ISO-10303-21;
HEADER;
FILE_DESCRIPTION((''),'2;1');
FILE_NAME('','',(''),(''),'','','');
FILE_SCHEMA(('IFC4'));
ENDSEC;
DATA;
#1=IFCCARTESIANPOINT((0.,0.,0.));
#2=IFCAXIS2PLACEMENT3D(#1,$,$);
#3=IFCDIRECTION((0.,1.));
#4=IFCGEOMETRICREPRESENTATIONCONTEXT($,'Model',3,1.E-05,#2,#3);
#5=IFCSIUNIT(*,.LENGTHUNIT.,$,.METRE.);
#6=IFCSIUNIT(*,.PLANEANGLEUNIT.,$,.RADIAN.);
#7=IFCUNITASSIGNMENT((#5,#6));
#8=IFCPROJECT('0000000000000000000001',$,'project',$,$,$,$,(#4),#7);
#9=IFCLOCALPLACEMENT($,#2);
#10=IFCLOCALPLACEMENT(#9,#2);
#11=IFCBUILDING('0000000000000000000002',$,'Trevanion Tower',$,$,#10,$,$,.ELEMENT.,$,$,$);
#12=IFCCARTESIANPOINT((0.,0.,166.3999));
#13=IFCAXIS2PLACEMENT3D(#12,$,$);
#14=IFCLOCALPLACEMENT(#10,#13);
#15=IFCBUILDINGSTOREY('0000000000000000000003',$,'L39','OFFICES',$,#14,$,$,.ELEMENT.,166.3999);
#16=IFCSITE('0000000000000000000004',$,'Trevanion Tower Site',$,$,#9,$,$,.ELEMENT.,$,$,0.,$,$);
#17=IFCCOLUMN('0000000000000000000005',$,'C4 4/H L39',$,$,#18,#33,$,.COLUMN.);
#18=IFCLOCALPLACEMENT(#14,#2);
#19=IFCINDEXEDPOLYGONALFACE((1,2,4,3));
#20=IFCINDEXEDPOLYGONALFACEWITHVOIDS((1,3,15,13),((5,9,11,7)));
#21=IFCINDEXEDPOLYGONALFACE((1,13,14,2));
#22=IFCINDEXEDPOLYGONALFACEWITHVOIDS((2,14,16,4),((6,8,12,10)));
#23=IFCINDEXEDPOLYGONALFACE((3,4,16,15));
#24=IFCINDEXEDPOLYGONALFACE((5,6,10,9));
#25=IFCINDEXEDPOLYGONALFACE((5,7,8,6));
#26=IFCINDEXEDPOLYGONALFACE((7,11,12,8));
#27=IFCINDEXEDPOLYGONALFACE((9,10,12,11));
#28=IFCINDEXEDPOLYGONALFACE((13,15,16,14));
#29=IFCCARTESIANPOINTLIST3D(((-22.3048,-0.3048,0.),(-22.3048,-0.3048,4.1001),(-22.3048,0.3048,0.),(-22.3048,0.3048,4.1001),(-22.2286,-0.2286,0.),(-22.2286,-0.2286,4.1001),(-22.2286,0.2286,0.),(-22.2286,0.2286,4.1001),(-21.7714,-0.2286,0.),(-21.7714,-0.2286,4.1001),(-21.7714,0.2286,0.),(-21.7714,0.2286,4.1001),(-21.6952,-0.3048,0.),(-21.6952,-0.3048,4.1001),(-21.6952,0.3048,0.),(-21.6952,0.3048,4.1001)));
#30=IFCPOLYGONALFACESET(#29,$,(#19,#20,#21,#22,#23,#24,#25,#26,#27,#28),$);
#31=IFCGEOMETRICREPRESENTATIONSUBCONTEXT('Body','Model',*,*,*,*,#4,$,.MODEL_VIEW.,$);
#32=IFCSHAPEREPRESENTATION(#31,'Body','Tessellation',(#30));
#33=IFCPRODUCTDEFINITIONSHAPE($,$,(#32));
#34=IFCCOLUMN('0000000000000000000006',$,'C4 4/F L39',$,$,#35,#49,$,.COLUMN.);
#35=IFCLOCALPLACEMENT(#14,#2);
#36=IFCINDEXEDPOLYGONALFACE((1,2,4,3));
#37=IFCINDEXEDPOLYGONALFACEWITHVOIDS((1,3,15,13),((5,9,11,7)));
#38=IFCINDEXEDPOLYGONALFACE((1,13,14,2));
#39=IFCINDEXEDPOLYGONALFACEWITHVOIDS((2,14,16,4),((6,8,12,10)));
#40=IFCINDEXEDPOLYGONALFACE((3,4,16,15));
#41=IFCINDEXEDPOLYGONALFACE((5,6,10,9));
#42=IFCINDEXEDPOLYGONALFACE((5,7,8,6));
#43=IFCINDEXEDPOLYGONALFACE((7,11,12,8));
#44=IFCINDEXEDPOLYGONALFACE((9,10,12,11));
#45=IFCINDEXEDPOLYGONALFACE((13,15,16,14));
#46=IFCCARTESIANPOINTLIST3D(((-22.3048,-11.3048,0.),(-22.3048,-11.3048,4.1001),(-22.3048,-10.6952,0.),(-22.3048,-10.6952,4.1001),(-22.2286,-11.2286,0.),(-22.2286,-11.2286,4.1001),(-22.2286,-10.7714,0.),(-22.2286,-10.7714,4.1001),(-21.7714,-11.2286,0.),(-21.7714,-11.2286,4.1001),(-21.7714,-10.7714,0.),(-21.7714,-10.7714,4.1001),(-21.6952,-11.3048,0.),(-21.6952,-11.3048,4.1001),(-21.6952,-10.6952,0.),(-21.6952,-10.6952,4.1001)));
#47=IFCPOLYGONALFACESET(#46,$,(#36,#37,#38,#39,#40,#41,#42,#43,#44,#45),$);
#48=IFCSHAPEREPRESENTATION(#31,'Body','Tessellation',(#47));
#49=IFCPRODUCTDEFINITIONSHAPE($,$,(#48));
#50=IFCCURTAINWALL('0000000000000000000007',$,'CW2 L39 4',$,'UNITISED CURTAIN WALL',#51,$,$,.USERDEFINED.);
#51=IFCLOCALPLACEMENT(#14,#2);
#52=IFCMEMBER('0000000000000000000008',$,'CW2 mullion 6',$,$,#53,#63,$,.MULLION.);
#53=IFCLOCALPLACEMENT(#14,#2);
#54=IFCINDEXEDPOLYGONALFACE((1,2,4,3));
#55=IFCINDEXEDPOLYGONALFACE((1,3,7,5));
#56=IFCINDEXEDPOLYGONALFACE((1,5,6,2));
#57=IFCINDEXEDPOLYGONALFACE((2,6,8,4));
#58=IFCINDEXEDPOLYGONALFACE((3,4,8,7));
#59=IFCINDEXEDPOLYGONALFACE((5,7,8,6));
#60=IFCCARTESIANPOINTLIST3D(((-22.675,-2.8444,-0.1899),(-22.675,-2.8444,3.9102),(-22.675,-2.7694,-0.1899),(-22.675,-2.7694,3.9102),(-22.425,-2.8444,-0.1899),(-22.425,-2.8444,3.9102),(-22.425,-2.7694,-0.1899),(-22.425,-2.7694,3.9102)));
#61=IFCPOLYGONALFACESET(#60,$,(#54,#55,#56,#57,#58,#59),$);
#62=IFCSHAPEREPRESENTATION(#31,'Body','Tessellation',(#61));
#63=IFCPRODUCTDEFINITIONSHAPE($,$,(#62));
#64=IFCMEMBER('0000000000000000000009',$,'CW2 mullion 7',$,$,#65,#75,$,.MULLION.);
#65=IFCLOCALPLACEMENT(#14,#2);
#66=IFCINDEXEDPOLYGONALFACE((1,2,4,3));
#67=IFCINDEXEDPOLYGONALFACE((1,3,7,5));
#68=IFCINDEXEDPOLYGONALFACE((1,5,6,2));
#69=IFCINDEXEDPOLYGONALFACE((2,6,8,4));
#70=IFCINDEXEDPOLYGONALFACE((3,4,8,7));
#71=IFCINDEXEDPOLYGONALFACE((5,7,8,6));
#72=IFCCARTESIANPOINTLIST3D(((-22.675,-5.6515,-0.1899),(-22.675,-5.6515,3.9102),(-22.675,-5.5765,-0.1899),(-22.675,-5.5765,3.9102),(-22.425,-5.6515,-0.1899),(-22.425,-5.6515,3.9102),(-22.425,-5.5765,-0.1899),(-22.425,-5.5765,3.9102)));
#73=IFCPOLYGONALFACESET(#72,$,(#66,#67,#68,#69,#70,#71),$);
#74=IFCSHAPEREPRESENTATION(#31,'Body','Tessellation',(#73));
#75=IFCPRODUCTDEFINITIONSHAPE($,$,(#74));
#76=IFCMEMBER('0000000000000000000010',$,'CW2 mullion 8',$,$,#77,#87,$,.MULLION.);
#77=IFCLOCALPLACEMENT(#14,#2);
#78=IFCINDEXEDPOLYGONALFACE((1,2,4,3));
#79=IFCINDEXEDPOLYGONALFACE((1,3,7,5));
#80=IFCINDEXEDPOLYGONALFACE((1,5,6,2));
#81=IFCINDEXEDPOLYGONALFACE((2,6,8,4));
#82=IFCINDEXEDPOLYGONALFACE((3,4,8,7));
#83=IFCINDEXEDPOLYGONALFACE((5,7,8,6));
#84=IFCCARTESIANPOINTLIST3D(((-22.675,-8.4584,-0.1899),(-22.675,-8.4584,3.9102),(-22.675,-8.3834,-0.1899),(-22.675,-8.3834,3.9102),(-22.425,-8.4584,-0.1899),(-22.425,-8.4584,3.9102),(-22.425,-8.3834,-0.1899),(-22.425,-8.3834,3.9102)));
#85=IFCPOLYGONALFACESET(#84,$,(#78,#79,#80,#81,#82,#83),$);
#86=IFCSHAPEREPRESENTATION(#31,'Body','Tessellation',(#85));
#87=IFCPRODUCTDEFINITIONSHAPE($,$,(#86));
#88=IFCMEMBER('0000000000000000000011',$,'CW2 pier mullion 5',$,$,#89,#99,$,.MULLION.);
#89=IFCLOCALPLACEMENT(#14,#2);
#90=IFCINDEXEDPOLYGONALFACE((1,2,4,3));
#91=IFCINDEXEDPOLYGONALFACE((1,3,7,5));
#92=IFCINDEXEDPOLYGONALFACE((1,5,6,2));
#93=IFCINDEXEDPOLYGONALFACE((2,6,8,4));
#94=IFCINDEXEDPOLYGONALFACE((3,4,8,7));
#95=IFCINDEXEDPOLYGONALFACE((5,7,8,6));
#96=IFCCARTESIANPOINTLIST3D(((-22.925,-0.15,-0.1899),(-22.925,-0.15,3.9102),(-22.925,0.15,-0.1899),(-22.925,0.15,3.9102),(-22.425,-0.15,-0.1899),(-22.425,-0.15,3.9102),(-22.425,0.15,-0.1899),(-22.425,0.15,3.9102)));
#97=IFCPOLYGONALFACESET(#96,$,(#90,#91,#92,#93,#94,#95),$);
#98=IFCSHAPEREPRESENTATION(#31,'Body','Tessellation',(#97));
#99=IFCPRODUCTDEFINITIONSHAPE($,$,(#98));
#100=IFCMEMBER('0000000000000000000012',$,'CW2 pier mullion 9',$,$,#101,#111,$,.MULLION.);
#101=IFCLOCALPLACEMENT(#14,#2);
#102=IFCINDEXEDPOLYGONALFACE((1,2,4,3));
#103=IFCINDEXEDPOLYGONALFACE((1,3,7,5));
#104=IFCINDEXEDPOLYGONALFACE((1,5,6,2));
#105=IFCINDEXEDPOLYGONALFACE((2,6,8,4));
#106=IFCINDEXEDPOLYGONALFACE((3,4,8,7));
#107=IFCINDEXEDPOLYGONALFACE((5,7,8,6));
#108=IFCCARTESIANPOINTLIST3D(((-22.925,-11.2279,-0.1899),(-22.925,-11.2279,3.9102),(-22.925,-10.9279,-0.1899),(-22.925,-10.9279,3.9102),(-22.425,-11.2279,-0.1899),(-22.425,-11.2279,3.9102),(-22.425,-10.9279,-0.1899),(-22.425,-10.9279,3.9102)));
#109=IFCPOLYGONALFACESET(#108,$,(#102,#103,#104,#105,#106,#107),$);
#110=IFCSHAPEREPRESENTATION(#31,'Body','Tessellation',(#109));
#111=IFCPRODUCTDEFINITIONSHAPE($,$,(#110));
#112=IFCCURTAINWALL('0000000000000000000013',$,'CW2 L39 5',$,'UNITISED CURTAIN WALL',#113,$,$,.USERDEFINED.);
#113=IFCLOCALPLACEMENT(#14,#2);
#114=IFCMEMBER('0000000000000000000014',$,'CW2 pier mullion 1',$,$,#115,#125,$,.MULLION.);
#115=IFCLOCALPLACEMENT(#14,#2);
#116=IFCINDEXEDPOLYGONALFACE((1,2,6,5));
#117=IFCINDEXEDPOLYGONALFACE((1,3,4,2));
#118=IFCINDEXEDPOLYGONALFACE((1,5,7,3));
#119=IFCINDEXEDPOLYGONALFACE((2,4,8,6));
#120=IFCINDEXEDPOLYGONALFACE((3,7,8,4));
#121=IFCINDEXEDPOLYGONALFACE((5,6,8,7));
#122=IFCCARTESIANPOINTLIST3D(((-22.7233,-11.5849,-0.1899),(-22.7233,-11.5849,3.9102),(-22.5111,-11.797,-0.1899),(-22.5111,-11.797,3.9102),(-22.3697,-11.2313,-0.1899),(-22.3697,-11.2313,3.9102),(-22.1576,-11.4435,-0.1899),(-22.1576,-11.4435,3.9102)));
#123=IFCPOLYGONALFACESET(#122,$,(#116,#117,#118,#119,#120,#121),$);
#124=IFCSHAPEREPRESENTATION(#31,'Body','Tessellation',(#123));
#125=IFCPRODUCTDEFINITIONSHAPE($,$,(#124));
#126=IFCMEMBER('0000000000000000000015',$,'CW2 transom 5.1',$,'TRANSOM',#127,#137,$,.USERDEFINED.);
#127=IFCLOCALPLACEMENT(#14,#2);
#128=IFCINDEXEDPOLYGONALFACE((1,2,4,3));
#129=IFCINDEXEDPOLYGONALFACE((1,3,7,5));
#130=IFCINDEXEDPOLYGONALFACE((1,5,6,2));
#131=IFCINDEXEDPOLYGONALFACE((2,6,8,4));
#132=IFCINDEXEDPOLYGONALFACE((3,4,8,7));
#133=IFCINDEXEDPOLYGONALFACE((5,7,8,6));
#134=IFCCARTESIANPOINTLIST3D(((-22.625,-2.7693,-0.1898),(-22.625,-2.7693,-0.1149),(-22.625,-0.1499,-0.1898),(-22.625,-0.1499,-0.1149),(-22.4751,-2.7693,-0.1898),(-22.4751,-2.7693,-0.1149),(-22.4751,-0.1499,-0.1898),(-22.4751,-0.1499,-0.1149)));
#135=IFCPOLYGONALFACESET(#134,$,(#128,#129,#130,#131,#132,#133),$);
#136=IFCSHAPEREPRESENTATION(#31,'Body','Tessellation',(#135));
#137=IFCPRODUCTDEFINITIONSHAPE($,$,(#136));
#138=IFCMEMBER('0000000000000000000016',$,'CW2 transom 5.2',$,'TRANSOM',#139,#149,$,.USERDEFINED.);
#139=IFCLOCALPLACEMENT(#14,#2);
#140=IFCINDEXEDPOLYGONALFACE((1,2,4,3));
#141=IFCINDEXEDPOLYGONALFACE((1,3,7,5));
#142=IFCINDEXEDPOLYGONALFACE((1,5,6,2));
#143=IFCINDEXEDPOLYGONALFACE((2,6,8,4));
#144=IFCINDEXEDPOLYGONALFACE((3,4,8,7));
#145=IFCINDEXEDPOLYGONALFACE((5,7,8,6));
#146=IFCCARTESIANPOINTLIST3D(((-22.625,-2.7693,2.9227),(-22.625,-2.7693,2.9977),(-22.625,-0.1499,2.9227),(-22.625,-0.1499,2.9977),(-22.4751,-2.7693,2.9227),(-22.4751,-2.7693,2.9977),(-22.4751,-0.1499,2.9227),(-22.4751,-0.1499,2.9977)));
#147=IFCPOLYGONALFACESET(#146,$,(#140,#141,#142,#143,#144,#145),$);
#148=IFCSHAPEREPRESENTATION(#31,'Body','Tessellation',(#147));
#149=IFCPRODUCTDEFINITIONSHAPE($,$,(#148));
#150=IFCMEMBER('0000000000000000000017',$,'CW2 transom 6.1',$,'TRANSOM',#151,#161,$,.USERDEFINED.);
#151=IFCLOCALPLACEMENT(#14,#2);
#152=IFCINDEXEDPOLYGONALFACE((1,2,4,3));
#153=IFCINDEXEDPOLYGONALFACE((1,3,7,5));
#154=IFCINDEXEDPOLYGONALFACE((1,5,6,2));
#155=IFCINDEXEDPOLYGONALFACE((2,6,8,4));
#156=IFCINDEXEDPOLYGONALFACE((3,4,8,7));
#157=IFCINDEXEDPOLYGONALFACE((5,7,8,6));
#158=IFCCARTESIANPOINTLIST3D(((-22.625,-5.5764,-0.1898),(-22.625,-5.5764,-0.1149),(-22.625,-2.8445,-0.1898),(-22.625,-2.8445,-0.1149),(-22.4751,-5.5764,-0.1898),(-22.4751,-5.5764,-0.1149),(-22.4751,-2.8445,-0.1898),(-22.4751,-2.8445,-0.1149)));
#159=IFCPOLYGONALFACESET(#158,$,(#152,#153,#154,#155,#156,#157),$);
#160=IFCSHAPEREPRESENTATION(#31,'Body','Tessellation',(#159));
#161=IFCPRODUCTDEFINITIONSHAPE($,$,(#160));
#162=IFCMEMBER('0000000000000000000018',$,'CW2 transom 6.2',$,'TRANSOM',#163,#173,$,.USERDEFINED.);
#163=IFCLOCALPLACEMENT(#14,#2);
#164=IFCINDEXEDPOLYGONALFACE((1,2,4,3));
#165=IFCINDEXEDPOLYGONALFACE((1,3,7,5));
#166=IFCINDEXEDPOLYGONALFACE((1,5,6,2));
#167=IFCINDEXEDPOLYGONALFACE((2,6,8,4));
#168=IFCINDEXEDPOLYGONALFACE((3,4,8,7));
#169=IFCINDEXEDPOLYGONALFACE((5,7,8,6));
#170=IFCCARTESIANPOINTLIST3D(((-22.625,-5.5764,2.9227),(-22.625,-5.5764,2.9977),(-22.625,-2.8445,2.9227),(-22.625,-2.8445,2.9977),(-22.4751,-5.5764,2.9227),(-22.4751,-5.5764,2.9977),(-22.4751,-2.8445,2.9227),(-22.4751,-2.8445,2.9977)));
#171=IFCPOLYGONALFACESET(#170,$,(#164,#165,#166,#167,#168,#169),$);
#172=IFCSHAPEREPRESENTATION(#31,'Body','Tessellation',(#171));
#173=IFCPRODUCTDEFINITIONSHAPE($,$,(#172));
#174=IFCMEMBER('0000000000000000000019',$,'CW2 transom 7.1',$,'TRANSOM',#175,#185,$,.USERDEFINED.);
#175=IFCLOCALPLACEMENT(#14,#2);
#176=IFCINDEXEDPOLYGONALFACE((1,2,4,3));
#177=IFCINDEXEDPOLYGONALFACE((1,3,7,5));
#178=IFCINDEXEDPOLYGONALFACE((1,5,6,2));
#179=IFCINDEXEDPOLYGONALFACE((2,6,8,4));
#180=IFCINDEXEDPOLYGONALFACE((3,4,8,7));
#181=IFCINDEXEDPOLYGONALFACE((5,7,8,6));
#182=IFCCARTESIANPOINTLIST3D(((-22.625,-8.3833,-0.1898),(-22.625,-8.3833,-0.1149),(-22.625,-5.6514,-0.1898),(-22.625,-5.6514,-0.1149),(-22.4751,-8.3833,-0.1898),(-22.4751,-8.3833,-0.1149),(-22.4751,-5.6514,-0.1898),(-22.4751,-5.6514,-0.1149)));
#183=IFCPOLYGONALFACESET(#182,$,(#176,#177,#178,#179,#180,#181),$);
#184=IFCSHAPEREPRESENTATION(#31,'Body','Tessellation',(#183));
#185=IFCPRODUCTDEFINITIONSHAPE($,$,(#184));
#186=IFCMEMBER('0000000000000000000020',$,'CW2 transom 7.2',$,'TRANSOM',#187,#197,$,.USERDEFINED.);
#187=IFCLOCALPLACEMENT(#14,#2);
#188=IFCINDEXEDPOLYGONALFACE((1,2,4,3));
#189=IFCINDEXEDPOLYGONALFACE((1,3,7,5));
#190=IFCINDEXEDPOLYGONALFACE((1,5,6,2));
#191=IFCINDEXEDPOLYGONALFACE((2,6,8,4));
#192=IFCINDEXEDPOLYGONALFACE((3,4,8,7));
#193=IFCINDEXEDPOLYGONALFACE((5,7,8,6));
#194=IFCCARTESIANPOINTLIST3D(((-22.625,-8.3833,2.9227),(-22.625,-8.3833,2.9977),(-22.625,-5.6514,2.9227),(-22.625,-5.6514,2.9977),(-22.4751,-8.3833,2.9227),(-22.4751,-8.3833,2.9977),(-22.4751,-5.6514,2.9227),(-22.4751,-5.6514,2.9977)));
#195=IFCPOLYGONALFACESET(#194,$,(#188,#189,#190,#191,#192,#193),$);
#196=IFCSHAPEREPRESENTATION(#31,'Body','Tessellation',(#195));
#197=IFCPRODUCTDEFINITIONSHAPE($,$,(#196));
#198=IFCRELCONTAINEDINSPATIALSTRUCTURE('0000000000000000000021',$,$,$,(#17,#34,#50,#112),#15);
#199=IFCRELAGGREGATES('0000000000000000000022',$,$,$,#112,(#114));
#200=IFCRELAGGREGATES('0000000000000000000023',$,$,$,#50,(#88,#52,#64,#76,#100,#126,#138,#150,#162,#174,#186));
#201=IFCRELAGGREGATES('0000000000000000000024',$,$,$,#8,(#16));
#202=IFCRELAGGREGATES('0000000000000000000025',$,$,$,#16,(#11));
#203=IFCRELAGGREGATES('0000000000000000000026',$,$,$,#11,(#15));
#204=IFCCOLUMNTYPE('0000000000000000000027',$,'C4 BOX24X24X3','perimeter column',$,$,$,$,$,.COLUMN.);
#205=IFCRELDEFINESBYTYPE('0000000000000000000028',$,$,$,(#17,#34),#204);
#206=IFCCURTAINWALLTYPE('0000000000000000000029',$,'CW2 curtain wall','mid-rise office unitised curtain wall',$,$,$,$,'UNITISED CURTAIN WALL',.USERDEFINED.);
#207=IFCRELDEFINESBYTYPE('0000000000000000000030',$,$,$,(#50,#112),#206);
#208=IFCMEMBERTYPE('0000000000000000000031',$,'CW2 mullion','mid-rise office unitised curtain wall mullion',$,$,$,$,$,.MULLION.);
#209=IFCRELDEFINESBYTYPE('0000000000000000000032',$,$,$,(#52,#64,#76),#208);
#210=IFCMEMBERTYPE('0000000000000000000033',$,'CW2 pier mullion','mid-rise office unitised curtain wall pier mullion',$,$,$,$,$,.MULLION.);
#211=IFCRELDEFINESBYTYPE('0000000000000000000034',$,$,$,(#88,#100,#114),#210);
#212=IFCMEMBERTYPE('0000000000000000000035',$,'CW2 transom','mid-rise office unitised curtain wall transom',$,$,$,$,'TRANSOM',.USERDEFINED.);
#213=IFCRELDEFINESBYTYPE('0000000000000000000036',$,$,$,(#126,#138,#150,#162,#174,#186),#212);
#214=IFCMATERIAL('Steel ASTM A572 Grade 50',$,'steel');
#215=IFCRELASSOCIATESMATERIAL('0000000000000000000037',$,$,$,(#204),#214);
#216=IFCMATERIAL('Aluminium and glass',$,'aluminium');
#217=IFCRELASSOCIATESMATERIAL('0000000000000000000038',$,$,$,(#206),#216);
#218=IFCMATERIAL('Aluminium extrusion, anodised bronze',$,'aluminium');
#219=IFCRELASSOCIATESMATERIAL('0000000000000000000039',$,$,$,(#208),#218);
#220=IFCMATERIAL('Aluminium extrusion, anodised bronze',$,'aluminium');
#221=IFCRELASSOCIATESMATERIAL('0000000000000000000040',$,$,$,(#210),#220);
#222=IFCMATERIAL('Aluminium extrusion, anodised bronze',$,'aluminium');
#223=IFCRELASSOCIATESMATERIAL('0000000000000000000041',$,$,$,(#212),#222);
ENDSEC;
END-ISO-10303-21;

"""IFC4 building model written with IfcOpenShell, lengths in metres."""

from ifc_helpers import new_model, si_unit, direction, frame, origin, origin_2d, place, context, subcontext, project, spatial, rectangle, hollow_rectangle, extrude, material, material_profile, profile_set, type_object, element, aggregate, save


model = new_model("IFC4")

# Units and contexts
model_context = context("Model", 3, precision=1e-05, world=origin(), true_north=direction((0.0, 1.0)))
body_context = subcontext(model_context, "Body", "Model", "MODEL_VIEW")
ifc_project = project(units=[si_unit("LENGTHUNIT", "METRE"), si_unit("PLANEANGLEUNIT", "RADIAN")], contexts=[model_context])

# Site, building, storey
site_placement = place(None, origin())
site = spatial("IfcSite", under=ifc_project, at=site_placement, Name="Trevanion Tower Site", CompositionType="ELEMENT", RefElevation=0.0)
building_placement = place(site_placement, origin())
building = spatial("IfcBuilding", under=site, at=building_placement, Name="Trevanion Tower", CompositionType="ELEMENT")
storey_placement = place(building_placement, frame((0.0, 0.0, 166.3999)))
storey = spatial("IfcBuildingStorey", under=building, at=storey_placement, Name="L39", Description="OFFICES", CompositionType="ELEMENT", Elevation=166.3999)

# Columns
ifc_material_1 = material(Name="Steel ASTM A572 Grade 50", Category="steel")
ifc_material_profile_1 = material_profile(ifc_material_1, hollow_rectangle(XDim=0.6096, YDim=0.6096, WallThickness=0.0762, at=origin_2d()), Name="BOX24X24X3")
ifc_profile_set_1 = profile_set([ifc_material_profile_1], Name="Steel ASTM A572 Grade 50")
column_type = type_object("IfcColumnType", Name="C4 BOX24X24X3", Description="perimeter column", PredefinedType="COLUMN", material=ifc_profile_set_1)
for number, where, z_axis, x_axis, name in (
    (1, (-22.0, 0.0, 0.0), (0.0, 0.0, 1.0), (0.0, 1.0, 0.0), "C4 4/H L39"),
    (2, (-22.0, -11.0, 0.0), (0.0, 0.0, 1.0), (0.0, 1.0, 0.0), "C4 4/F L39"),
):
    element("IfcColumn", number, at=place(storey_placement, frame(where, z_axis=z_axis, x_axis=x_axis)), inside=storey, type_object=column_type, Name=name, PredefinedType="COLUMN", context=body_context, shape_type="SweptSolid", body=[
        extrude(hollow_rectangle(XDim=0.6096, YDim=0.6096, WallThickness=0.0762, at=origin_2d()), origin(), (0.0, 0.0, 1.0), 4.1001),
    ])

# Curtain wall, members
ifc_material_2 = material(Name="Aluminium and glass", Category="aluminium")
curtain_wall_type = type_object("IfcCurtainWallType", Name="CW2 curtain wall", Description="mid-rise office unitised curtain wall", ElementType="UNITISED CURTAIN WALL", PredefinedType="USERDEFINED", material=ifc_material_2)
curtain_wall_1_placement = place(storey_placement, origin())
curtain_wall_1 = element("IfcCurtainWall", 3, at=curtain_wall_1_placement, inside=storey, type_object=curtain_wall_type, Name="CW2 L39 4", ObjectType="UNITISED CURTAIN WALL", PredefinedType="USERDEFINED")
ifc_material_3 = material(Name="Aluminium extrusion, anodised bronze", Category="aluminium")
ifc_material_profile_2 = material_profile(ifc_material_3, rectangle(XDim=0.075, YDim=0.25, at=origin_2d()), Name="CW2 mullion")
ifc_profile_set_2 = profile_set([ifc_material_profile_2], Name="Aluminium extrusion, anodised bronze")
member_type_1 = type_object("IfcMemberType", Name="CW2 mullion", Description="mid-rise office unitised curtain wall mullion", PredefinedType="MULLION", material=ifc_profile_set_2)
member_1_placement = place(storey_placement, frame((-22.55, -2.8069, -0.1899), z_axis=(0.0, 0.0, 1.0), x_axis=(0.0, -1.0, 0.0)))
member_1 = element("IfcMember", 4, at=member_1_placement, type_object=member_type_1, Name="CW2 mullion 6", PredefinedType="MULLION", context=body_context, shape_type="SweptSolid", body=[
    extrude(rectangle(XDim=0.075, YDim=0.25, at=origin_2d()), origin(), (0.0, 0.0, 1.0), 4.1001),
])
member_2_placement = place(storey_placement, frame((-22.55, -5.614, -0.1899), z_axis=(0.0, 0.0, 1.0), x_axis=(0.0, -1.0, 0.0)))
member_2 = element("IfcMember", 5, at=member_2_placement, type_object=member_type_1, Name="CW2 mullion 7", PredefinedType="MULLION", context=body_context, shape_type="SweptSolid", body=[
    extrude(rectangle(XDim=0.075, YDim=0.25, at=origin_2d()), origin(), (0.0, 0.0, 1.0), 4.1001),
])
member_3_placement = place(storey_placement, frame((-22.55, -8.4209, -0.1899), z_axis=(0.0, 0.0, 1.0), x_axis=(0.0, -1.0, 0.0)))
member_3 = element("IfcMember", 6, at=member_3_placement, type_object=member_type_1, Name="CW2 mullion 8", PredefinedType="MULLION", context=body_context, shape_type="SweptSolid", body=[
    extrude(rectangle(XDim=0.075, YDim=0.25, at=origin_2d()), origin(), (0.0, 0.0, 1.0), 4.1001),
])
ifc_material_4 = material(Name="Aluminium extrusion, anodised bronze", Category="aluminium")
ifc_material_profile_3 = material_profile(ifc_material_4, rectangle(XDim=0.3, YDim=0.5, at=origin_2d()), Name="CW2 pier mullion")
ifc_profile_set_3 = profile_set([ifc_material_profile_3], Name="Aluminium extrusion, anodised bronze")
member_type_2 = type_object("IfcMemberType", Name="CW2 pier mullion", Description="mid-rise office unitised curtain wall pier mullion", PredefinedType="MULLION", material=ifc_profile_set_3)
member_4_placement = place(storey_placement, frame((-22.675, 0.0, -0.1899), z_axis=(0.0, 0.0, 1.0), x_axis=(0.0, -1.0, 0.0)))
member_4 = element("IfcMember", 7, at=member_4_placement, type_object=member_type_2, Name="CW2 pier mullion 5", PredefinedType="MULLION", context=body_context, shape_type="SweptSolid", body=[
    extrude(rectangle(XDim=0.3, YDim=0.5, at=origin_2d()), origin(), (0.0, 0.0, 1.0), 4.1001),
])
member_5_placement = place(storey_placement, frame((-22.675, -11.0779, -0.1899), z_axis=(0.0, 0.0, 1.0), x_axis=(0.0, -1.0, 0.0)))
member_5 = element("IfcMember", 8, at=member_5_placement, type_object=member_type_2, Name="CW2 pier mullion 9", PredefinedType="MULLION", context=body_context, shape_type="SweptSolid", body=[
    extrude(rectangle(XDim=0.3, YDim=0.5, at=origin_2d()), origin(), (0.0, 0.0, 1.0), 4.1001),
])

# Curtain wall, member
curtain_wall_2_placement = place(storey_placement, origin())
curtain_wall_2 = element("IfcCurtainWall", 9, at=curtain_wall_2_placement, inside=storey, type_object=curtain_wall_type, Name="CW2 L39 5", ObjectType="UNITISED CURTAIN WALL", PredefinedType="USERDEFINED")
member_6_placement = place(storey_placement, frame((-22.4404, -11.5142, -0.1899), z_axis=(0.0, 0.0, 1.0), x_axis=(0.707107, -0.707107, 0.0)))
member_6 = element("IfcMember", 10, at=member_6_placement, type_object=member_type_2, Name="CW2 pier mullion 1", PredefinedType="MULLION", context=body_context, shape_type="SweptSolid", body=[
    extrude(rectangle(XDim=0.3, YDim=0.5, at=origin_2d()), origin(), (0.0, 0.0, 1.0), 4.1001),
])

# Members
ifc_material_5 = material(Name="Aluminium extrusion, anodised bronze", Category="aluminium")
ifc_material_profile_4 = material_profile(ifc_material_5, rectangle(XDim=0.1499, YDim=0.075, at=origin_2d()), Name="CW2 transom")
ifc_profile_set_4 = profile_set([ifc_material_profile_4], Name="Aluminium extrusion, anodised bronze")
member_type_3 = type_object("IfcMemberType", Name="CW2 transom", Description="mid-rise office unitised curtain wall transom", ElementType="TRANSOM", PredefinedType="USERDEFINED", material=ifc_profile_set_4)
member_7_placement = place(storey_placement, frame((-22.55, -0.1499, -0.1523), z_axis=(0.0, -1.0, 0.0), x_axis=(1.0, 0.0, 0.0)))
member_7 = element("IfcMember", 11, at=member_7_placement, type_object=member_type_3, Name="CW2 transom 5.1", ObjectType="TRANSOM", PredefinedType="USERDEFINED", context=body_context, shape_type="SweptSolid", body=[
    extrude(rectangle(XDim=0.1499, YDim=0.075, at=origin_2d()), origin(), (0.0, 0.0, 1.0), 2.6194),
])
member_8_placement = place(storey_placement, frame((-22.55, -0.1499, 2.9602), z_axis=(0.0, -1.0, 0.0), x_axis=(1.0, 0.0, 0.0)))
member_8 = element("IfcMember", 12, at=member_8_placement, type_object=member_type_3, Name="CW2 transom 5.2", ObjectType="TRANSOM", PredefinedType="USERDEFINED", context=body_context, shape_type="SweptSolid", body=[
    extrude(rectangle(XDim=0.1499, YDim=0.075, at=origin_2d()), origin(), (0.0, 0.0, 1.0), 2.6194),
])
member_9_placement = place(storey_placement, frame((-22.55, -2.8445, -0.1523), z_axis=(0.0, -1.0, 0.0), x_axis=(1.0, 0.0, 0.0)))
member_9 = element("IfcMember", 13, at=member_9_placement, type_object=member_type_3, Name="CW2 transom 6.1", ObjectType="TRANSOM", PredefinedType="USERDEFINED", context=body_context, shape_type="SweptSolid", body=[
    extrude(rectangle(XDim=0.1499, YDim=0.075, at=origin_2d()), origin(), (0.0, 0.0, 1.0), 2.7319),
])
member_10_placement = place(storey_placement, frame((-22.55, -2.8445, 2.9602), z_axis=(0.0, -1.0, 0.0), x_axis=(1.0, 0.0, 0.0)))
member_10 = element("IfcMember", 14, at=member_10_placement, type_object=member_type_3, Name="CW2 transom 6.2", ObjectType="TRANSOM", PredefinedType="USERDEFINED", context=body_context, shape_type="SweptSolid", body=[
    extrude(rectangle(XDim=0.1499, YDim=0.075, at=origin_2d()), origin(), (0.0, 0.0, 1.0), 2.7319),
])
member_11_placement = place(storey_placement, frame((-22.55, -5.6514, -0.1523), z_axis=(0.0, -1.0, 0.0), x_axis=(1.0, 0.0, 0.0)))
member_11 = element("IfcMember", 15, at=member_11_placement, type_object=member_type_3, Name="CW2 transom 7.1", ObjectType="TRANSOM", PredefinedType="USERDEFINED", context=body_context, shape_type="SweptSolid", body=[
    extrude(rectangle(XDim=0.1499, YDim=0.075, at=origin_2d()), origin(), (0.0, 0.0, 1.0), 2.7319),
])
member_12_placement = place(storey_placement, frame((-22.55, -5.6514, 2.9602), z_axis=(0.0, -1.0, 0.0), x_axis=(1.0, 0.0, 0.0)))
member_12 = element("IfcMember", 16, at=member_12_placement, type_object=member_type_3, Name="CW2 transom 7.2", ObjectType="TRANSOM", PredefinedType="USERDEFINED", context=body_context, shape_type="SweptSolid", body=[
    extrude(rectangle(XDim=0.1499, YDim=0.075, at=origin_2d()), origin(), (0.0, 0.0, 1.0), 2.7319),
])
aggregate(curtain_wall_2, [member_6])

aggregate(curtain_wall_1, [member_4, member_1, member_2, member_3, member_5, member_7, member_8, member_9, member_10, member_11, member_12])

save(model, "model.ifc")
